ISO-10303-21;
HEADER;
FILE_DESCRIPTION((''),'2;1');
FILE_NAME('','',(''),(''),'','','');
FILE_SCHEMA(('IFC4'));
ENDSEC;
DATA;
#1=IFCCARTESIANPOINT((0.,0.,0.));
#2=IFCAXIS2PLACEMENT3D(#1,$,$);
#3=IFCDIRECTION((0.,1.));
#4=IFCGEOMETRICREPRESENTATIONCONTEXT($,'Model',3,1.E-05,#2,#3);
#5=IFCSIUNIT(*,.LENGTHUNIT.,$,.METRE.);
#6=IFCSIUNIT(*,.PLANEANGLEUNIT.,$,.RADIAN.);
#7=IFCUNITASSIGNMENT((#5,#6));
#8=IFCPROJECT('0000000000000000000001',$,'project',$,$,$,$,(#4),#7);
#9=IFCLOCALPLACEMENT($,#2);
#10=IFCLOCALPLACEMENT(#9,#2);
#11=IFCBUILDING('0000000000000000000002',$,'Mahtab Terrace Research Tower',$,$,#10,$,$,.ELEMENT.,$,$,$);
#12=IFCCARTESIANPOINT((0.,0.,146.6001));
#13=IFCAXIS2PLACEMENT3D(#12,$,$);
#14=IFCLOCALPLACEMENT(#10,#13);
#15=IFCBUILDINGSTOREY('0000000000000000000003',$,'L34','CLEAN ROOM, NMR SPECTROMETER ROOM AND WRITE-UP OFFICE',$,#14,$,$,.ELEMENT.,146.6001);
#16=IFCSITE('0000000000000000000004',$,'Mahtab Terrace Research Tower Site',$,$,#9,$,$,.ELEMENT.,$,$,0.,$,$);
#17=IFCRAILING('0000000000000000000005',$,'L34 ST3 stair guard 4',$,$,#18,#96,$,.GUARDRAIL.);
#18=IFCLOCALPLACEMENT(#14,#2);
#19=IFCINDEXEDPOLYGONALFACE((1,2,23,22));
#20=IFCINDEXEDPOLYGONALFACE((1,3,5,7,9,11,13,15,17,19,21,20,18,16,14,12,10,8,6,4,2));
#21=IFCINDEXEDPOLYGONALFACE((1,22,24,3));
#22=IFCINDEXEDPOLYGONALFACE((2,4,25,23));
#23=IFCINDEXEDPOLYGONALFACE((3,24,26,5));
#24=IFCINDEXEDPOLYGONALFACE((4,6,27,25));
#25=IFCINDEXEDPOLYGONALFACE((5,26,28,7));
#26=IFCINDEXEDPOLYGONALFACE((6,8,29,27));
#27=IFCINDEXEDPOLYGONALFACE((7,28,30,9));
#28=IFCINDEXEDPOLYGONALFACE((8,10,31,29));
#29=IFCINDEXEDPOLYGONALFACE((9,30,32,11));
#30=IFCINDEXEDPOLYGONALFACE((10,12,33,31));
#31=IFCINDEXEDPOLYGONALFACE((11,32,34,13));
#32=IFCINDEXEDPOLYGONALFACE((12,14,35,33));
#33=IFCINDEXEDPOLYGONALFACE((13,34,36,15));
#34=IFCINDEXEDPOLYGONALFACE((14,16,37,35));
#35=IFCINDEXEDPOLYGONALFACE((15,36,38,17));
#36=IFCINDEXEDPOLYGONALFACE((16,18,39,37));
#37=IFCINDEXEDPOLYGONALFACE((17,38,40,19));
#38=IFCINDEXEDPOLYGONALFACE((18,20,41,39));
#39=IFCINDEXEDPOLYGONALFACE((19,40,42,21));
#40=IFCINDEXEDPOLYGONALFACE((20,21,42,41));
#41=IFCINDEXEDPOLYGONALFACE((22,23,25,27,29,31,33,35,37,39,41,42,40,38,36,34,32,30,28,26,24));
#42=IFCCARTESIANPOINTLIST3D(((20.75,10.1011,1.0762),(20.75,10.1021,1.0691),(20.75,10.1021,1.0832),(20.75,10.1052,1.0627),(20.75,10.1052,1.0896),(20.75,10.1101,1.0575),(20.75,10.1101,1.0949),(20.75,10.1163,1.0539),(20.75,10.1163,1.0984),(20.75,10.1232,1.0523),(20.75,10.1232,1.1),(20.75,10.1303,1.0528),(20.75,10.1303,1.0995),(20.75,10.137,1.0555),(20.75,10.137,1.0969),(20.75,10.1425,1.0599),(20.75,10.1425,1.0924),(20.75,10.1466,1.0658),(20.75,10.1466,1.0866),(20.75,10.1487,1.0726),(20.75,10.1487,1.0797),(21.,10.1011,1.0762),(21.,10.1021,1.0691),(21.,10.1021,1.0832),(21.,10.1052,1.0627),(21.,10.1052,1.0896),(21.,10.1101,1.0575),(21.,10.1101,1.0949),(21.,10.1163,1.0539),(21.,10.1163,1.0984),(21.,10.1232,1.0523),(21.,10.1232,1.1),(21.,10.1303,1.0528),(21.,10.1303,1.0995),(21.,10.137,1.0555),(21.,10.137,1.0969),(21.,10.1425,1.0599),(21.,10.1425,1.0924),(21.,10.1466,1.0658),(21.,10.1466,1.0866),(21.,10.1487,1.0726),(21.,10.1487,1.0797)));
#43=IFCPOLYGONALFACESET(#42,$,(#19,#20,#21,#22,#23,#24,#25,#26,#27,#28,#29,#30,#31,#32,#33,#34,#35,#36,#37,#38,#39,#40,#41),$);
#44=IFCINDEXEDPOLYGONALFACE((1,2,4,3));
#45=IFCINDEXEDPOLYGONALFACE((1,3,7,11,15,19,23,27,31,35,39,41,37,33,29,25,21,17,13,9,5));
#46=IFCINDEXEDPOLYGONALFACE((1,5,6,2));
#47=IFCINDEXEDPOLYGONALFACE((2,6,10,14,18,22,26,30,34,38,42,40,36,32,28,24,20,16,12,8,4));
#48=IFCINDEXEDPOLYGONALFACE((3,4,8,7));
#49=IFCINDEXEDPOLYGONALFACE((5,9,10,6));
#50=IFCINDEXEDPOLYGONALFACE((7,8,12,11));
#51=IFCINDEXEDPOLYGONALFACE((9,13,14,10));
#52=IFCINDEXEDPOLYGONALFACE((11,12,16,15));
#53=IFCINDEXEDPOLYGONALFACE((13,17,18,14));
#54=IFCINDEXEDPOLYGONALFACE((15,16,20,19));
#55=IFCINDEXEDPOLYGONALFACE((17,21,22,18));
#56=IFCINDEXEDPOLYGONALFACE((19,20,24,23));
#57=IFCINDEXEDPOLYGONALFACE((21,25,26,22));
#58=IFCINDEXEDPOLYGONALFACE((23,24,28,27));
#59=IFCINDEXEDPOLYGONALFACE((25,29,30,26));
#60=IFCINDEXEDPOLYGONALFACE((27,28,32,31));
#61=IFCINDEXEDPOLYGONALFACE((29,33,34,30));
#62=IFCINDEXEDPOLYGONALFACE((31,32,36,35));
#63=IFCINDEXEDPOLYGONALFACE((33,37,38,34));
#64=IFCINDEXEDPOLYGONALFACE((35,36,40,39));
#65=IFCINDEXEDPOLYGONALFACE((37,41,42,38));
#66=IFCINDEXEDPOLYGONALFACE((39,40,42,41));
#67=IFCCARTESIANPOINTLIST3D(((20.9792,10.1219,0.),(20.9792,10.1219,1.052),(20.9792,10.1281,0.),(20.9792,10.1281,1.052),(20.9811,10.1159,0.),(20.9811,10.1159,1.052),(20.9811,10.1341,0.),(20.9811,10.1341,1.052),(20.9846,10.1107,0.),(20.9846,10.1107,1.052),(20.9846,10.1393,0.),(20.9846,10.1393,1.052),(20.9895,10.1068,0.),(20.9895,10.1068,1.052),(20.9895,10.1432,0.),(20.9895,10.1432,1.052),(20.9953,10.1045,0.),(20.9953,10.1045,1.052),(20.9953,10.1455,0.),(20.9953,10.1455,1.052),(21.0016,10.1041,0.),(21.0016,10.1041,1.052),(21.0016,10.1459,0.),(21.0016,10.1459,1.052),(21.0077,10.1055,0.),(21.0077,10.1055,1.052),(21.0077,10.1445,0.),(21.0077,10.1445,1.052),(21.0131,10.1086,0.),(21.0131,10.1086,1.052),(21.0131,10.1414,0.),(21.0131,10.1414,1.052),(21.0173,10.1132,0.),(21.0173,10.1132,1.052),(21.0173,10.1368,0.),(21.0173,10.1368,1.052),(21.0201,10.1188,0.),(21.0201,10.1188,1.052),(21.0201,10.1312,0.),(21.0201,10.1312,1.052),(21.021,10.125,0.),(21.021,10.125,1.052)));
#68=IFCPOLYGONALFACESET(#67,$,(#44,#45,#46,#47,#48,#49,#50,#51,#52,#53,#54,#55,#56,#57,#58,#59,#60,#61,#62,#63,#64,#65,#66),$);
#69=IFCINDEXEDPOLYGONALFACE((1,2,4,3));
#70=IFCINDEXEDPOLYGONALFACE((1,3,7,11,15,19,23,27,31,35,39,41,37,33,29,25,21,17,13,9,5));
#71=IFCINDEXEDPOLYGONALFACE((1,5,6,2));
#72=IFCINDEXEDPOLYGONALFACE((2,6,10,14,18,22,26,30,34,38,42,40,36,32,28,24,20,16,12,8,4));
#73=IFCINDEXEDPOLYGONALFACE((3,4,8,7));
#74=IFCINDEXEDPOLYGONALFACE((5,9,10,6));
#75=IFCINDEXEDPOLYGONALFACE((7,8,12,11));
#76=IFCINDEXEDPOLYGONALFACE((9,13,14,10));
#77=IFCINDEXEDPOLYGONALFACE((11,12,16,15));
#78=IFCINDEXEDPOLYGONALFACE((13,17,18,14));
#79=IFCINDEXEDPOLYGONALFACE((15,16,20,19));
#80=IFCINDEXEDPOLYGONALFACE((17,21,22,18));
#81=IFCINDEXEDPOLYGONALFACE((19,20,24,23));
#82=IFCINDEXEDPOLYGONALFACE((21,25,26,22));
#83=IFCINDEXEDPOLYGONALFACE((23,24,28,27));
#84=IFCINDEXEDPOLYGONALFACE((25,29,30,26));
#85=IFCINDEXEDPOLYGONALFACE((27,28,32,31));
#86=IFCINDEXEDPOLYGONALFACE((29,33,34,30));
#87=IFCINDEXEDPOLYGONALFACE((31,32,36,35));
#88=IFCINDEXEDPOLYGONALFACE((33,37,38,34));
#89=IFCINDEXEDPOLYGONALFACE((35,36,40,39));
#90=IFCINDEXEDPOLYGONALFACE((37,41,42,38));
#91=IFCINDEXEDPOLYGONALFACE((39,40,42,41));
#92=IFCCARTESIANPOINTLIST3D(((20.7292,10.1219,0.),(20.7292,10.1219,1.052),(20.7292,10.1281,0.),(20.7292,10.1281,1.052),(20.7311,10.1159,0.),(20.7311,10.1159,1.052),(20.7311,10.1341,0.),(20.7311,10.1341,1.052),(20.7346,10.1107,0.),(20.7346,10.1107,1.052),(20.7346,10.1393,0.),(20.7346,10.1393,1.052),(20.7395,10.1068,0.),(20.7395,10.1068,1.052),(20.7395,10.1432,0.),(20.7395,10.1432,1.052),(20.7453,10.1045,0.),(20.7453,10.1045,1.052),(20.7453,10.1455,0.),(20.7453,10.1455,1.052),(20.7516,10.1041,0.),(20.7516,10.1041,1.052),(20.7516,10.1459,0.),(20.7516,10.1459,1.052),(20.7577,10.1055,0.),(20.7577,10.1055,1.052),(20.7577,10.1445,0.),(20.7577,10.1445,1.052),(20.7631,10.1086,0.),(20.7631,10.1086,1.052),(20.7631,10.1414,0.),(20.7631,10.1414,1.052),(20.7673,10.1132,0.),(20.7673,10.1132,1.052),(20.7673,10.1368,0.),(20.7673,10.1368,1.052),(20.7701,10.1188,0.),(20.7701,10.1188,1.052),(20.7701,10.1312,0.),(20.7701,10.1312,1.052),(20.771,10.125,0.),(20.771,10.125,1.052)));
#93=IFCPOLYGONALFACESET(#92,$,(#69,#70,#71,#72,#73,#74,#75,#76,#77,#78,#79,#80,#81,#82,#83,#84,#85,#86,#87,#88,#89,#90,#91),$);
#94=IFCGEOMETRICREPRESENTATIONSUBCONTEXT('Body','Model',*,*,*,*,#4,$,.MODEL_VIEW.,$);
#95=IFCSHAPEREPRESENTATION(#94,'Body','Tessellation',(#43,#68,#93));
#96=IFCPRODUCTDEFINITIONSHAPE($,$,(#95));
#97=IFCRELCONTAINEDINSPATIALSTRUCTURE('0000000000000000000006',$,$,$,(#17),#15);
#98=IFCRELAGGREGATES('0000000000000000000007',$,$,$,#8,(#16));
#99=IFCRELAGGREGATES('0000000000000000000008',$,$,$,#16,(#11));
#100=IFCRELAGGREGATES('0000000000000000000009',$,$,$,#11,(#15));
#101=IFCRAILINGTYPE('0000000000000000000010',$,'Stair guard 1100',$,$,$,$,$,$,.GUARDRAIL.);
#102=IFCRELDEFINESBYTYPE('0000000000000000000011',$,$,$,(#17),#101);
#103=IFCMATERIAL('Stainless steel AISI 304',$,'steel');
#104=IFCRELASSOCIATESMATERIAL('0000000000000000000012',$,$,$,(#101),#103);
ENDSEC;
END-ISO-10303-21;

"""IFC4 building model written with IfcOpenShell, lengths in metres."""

from ifc_helpers import new_model, si_unit, direction, frame, origin, origin_2d, place, context, subcontext, project, spatial, circle, extrude, material, type_object, element, save


model = new_model("IFC4")

# Units and contexts
model_context = context("Model", 3, precision=1e-05, world=origin(), true_north=direction((0.0, 1.0)))
body_context = subcontext(model_context, "Body", "Model", "MODEL_VIEW")
ifc_project = project(units=[si_unit("LENGTHUNIT", "METRE"), si_unit("PLANEANGLEUNIT", "RADIAN")], contexts=[model_context])

# Site, building, storey
site_placement = place(None, origin())
site = spatial("IfcSite", under=ifc_project, at=site_placement, Name="Mahtab Terrace Research Tower Site", CompositionType="ELEMENT", RefElevation=0.0)
building_placement = place(site_placement, origin())
building = spatial("IfcBuilding", under=site, at=building_placement, Name="Mahtab Terrace Research Tower", CompositionType="ELEMENT")
storey_placement = place(building_placement, frame((0.0, 0.0, 146.6001)))
storey = spatial("IfcBuildingStorey", under=building, at=storey_placement, Name="L34", Description="CLEAN ROOM, NMR SPECTROMETER ROOM AND WRITE-UP OFFICE", CompositionType="ELEMENT", Elevation=146.6001)

# Railing
ifc_material_1 = material(Name="Stainless steel AISI 304", Category="steel")
railing_type_1 = type_object("IfcRailingType", Name="Stair guard 1100", PredefinedType="GUARDRAIL", material=ifc_material_1)
railing_1_placement = place(storey_placement, frame((21.0, 10.125, 0.0)))
element("IfcRailing", 1, at=railing_1_placement, inside=storey, type_object=railing_type_1, Name="L34 ST3 stair guard 4", PredefinedType="GUARDRAIL", context=body_context, shape_type="SweptSolid", body=[
    extrude(circle(Radius=0.0239, at=origin_2d()), frame((0.0, 0.0, 1.0762), z_axis=(-1.0, 0.0, 0.0), x_axis=(0.0, -1.0, 0.0)), (0.0, 0.0, 1.0), 0.25),
    extrude(circle(Radius=0.021, at=origin_2d()), origin(), (0.0, 0.0, 1.0), 1.052),
    extrude(circle(Radius=0.021, at=origin_2d()), frame((-0.25, 0.0, 0.0)), (0.0, 0.0, 1.0), 1.052),
])

save(model, "model.ifc")
